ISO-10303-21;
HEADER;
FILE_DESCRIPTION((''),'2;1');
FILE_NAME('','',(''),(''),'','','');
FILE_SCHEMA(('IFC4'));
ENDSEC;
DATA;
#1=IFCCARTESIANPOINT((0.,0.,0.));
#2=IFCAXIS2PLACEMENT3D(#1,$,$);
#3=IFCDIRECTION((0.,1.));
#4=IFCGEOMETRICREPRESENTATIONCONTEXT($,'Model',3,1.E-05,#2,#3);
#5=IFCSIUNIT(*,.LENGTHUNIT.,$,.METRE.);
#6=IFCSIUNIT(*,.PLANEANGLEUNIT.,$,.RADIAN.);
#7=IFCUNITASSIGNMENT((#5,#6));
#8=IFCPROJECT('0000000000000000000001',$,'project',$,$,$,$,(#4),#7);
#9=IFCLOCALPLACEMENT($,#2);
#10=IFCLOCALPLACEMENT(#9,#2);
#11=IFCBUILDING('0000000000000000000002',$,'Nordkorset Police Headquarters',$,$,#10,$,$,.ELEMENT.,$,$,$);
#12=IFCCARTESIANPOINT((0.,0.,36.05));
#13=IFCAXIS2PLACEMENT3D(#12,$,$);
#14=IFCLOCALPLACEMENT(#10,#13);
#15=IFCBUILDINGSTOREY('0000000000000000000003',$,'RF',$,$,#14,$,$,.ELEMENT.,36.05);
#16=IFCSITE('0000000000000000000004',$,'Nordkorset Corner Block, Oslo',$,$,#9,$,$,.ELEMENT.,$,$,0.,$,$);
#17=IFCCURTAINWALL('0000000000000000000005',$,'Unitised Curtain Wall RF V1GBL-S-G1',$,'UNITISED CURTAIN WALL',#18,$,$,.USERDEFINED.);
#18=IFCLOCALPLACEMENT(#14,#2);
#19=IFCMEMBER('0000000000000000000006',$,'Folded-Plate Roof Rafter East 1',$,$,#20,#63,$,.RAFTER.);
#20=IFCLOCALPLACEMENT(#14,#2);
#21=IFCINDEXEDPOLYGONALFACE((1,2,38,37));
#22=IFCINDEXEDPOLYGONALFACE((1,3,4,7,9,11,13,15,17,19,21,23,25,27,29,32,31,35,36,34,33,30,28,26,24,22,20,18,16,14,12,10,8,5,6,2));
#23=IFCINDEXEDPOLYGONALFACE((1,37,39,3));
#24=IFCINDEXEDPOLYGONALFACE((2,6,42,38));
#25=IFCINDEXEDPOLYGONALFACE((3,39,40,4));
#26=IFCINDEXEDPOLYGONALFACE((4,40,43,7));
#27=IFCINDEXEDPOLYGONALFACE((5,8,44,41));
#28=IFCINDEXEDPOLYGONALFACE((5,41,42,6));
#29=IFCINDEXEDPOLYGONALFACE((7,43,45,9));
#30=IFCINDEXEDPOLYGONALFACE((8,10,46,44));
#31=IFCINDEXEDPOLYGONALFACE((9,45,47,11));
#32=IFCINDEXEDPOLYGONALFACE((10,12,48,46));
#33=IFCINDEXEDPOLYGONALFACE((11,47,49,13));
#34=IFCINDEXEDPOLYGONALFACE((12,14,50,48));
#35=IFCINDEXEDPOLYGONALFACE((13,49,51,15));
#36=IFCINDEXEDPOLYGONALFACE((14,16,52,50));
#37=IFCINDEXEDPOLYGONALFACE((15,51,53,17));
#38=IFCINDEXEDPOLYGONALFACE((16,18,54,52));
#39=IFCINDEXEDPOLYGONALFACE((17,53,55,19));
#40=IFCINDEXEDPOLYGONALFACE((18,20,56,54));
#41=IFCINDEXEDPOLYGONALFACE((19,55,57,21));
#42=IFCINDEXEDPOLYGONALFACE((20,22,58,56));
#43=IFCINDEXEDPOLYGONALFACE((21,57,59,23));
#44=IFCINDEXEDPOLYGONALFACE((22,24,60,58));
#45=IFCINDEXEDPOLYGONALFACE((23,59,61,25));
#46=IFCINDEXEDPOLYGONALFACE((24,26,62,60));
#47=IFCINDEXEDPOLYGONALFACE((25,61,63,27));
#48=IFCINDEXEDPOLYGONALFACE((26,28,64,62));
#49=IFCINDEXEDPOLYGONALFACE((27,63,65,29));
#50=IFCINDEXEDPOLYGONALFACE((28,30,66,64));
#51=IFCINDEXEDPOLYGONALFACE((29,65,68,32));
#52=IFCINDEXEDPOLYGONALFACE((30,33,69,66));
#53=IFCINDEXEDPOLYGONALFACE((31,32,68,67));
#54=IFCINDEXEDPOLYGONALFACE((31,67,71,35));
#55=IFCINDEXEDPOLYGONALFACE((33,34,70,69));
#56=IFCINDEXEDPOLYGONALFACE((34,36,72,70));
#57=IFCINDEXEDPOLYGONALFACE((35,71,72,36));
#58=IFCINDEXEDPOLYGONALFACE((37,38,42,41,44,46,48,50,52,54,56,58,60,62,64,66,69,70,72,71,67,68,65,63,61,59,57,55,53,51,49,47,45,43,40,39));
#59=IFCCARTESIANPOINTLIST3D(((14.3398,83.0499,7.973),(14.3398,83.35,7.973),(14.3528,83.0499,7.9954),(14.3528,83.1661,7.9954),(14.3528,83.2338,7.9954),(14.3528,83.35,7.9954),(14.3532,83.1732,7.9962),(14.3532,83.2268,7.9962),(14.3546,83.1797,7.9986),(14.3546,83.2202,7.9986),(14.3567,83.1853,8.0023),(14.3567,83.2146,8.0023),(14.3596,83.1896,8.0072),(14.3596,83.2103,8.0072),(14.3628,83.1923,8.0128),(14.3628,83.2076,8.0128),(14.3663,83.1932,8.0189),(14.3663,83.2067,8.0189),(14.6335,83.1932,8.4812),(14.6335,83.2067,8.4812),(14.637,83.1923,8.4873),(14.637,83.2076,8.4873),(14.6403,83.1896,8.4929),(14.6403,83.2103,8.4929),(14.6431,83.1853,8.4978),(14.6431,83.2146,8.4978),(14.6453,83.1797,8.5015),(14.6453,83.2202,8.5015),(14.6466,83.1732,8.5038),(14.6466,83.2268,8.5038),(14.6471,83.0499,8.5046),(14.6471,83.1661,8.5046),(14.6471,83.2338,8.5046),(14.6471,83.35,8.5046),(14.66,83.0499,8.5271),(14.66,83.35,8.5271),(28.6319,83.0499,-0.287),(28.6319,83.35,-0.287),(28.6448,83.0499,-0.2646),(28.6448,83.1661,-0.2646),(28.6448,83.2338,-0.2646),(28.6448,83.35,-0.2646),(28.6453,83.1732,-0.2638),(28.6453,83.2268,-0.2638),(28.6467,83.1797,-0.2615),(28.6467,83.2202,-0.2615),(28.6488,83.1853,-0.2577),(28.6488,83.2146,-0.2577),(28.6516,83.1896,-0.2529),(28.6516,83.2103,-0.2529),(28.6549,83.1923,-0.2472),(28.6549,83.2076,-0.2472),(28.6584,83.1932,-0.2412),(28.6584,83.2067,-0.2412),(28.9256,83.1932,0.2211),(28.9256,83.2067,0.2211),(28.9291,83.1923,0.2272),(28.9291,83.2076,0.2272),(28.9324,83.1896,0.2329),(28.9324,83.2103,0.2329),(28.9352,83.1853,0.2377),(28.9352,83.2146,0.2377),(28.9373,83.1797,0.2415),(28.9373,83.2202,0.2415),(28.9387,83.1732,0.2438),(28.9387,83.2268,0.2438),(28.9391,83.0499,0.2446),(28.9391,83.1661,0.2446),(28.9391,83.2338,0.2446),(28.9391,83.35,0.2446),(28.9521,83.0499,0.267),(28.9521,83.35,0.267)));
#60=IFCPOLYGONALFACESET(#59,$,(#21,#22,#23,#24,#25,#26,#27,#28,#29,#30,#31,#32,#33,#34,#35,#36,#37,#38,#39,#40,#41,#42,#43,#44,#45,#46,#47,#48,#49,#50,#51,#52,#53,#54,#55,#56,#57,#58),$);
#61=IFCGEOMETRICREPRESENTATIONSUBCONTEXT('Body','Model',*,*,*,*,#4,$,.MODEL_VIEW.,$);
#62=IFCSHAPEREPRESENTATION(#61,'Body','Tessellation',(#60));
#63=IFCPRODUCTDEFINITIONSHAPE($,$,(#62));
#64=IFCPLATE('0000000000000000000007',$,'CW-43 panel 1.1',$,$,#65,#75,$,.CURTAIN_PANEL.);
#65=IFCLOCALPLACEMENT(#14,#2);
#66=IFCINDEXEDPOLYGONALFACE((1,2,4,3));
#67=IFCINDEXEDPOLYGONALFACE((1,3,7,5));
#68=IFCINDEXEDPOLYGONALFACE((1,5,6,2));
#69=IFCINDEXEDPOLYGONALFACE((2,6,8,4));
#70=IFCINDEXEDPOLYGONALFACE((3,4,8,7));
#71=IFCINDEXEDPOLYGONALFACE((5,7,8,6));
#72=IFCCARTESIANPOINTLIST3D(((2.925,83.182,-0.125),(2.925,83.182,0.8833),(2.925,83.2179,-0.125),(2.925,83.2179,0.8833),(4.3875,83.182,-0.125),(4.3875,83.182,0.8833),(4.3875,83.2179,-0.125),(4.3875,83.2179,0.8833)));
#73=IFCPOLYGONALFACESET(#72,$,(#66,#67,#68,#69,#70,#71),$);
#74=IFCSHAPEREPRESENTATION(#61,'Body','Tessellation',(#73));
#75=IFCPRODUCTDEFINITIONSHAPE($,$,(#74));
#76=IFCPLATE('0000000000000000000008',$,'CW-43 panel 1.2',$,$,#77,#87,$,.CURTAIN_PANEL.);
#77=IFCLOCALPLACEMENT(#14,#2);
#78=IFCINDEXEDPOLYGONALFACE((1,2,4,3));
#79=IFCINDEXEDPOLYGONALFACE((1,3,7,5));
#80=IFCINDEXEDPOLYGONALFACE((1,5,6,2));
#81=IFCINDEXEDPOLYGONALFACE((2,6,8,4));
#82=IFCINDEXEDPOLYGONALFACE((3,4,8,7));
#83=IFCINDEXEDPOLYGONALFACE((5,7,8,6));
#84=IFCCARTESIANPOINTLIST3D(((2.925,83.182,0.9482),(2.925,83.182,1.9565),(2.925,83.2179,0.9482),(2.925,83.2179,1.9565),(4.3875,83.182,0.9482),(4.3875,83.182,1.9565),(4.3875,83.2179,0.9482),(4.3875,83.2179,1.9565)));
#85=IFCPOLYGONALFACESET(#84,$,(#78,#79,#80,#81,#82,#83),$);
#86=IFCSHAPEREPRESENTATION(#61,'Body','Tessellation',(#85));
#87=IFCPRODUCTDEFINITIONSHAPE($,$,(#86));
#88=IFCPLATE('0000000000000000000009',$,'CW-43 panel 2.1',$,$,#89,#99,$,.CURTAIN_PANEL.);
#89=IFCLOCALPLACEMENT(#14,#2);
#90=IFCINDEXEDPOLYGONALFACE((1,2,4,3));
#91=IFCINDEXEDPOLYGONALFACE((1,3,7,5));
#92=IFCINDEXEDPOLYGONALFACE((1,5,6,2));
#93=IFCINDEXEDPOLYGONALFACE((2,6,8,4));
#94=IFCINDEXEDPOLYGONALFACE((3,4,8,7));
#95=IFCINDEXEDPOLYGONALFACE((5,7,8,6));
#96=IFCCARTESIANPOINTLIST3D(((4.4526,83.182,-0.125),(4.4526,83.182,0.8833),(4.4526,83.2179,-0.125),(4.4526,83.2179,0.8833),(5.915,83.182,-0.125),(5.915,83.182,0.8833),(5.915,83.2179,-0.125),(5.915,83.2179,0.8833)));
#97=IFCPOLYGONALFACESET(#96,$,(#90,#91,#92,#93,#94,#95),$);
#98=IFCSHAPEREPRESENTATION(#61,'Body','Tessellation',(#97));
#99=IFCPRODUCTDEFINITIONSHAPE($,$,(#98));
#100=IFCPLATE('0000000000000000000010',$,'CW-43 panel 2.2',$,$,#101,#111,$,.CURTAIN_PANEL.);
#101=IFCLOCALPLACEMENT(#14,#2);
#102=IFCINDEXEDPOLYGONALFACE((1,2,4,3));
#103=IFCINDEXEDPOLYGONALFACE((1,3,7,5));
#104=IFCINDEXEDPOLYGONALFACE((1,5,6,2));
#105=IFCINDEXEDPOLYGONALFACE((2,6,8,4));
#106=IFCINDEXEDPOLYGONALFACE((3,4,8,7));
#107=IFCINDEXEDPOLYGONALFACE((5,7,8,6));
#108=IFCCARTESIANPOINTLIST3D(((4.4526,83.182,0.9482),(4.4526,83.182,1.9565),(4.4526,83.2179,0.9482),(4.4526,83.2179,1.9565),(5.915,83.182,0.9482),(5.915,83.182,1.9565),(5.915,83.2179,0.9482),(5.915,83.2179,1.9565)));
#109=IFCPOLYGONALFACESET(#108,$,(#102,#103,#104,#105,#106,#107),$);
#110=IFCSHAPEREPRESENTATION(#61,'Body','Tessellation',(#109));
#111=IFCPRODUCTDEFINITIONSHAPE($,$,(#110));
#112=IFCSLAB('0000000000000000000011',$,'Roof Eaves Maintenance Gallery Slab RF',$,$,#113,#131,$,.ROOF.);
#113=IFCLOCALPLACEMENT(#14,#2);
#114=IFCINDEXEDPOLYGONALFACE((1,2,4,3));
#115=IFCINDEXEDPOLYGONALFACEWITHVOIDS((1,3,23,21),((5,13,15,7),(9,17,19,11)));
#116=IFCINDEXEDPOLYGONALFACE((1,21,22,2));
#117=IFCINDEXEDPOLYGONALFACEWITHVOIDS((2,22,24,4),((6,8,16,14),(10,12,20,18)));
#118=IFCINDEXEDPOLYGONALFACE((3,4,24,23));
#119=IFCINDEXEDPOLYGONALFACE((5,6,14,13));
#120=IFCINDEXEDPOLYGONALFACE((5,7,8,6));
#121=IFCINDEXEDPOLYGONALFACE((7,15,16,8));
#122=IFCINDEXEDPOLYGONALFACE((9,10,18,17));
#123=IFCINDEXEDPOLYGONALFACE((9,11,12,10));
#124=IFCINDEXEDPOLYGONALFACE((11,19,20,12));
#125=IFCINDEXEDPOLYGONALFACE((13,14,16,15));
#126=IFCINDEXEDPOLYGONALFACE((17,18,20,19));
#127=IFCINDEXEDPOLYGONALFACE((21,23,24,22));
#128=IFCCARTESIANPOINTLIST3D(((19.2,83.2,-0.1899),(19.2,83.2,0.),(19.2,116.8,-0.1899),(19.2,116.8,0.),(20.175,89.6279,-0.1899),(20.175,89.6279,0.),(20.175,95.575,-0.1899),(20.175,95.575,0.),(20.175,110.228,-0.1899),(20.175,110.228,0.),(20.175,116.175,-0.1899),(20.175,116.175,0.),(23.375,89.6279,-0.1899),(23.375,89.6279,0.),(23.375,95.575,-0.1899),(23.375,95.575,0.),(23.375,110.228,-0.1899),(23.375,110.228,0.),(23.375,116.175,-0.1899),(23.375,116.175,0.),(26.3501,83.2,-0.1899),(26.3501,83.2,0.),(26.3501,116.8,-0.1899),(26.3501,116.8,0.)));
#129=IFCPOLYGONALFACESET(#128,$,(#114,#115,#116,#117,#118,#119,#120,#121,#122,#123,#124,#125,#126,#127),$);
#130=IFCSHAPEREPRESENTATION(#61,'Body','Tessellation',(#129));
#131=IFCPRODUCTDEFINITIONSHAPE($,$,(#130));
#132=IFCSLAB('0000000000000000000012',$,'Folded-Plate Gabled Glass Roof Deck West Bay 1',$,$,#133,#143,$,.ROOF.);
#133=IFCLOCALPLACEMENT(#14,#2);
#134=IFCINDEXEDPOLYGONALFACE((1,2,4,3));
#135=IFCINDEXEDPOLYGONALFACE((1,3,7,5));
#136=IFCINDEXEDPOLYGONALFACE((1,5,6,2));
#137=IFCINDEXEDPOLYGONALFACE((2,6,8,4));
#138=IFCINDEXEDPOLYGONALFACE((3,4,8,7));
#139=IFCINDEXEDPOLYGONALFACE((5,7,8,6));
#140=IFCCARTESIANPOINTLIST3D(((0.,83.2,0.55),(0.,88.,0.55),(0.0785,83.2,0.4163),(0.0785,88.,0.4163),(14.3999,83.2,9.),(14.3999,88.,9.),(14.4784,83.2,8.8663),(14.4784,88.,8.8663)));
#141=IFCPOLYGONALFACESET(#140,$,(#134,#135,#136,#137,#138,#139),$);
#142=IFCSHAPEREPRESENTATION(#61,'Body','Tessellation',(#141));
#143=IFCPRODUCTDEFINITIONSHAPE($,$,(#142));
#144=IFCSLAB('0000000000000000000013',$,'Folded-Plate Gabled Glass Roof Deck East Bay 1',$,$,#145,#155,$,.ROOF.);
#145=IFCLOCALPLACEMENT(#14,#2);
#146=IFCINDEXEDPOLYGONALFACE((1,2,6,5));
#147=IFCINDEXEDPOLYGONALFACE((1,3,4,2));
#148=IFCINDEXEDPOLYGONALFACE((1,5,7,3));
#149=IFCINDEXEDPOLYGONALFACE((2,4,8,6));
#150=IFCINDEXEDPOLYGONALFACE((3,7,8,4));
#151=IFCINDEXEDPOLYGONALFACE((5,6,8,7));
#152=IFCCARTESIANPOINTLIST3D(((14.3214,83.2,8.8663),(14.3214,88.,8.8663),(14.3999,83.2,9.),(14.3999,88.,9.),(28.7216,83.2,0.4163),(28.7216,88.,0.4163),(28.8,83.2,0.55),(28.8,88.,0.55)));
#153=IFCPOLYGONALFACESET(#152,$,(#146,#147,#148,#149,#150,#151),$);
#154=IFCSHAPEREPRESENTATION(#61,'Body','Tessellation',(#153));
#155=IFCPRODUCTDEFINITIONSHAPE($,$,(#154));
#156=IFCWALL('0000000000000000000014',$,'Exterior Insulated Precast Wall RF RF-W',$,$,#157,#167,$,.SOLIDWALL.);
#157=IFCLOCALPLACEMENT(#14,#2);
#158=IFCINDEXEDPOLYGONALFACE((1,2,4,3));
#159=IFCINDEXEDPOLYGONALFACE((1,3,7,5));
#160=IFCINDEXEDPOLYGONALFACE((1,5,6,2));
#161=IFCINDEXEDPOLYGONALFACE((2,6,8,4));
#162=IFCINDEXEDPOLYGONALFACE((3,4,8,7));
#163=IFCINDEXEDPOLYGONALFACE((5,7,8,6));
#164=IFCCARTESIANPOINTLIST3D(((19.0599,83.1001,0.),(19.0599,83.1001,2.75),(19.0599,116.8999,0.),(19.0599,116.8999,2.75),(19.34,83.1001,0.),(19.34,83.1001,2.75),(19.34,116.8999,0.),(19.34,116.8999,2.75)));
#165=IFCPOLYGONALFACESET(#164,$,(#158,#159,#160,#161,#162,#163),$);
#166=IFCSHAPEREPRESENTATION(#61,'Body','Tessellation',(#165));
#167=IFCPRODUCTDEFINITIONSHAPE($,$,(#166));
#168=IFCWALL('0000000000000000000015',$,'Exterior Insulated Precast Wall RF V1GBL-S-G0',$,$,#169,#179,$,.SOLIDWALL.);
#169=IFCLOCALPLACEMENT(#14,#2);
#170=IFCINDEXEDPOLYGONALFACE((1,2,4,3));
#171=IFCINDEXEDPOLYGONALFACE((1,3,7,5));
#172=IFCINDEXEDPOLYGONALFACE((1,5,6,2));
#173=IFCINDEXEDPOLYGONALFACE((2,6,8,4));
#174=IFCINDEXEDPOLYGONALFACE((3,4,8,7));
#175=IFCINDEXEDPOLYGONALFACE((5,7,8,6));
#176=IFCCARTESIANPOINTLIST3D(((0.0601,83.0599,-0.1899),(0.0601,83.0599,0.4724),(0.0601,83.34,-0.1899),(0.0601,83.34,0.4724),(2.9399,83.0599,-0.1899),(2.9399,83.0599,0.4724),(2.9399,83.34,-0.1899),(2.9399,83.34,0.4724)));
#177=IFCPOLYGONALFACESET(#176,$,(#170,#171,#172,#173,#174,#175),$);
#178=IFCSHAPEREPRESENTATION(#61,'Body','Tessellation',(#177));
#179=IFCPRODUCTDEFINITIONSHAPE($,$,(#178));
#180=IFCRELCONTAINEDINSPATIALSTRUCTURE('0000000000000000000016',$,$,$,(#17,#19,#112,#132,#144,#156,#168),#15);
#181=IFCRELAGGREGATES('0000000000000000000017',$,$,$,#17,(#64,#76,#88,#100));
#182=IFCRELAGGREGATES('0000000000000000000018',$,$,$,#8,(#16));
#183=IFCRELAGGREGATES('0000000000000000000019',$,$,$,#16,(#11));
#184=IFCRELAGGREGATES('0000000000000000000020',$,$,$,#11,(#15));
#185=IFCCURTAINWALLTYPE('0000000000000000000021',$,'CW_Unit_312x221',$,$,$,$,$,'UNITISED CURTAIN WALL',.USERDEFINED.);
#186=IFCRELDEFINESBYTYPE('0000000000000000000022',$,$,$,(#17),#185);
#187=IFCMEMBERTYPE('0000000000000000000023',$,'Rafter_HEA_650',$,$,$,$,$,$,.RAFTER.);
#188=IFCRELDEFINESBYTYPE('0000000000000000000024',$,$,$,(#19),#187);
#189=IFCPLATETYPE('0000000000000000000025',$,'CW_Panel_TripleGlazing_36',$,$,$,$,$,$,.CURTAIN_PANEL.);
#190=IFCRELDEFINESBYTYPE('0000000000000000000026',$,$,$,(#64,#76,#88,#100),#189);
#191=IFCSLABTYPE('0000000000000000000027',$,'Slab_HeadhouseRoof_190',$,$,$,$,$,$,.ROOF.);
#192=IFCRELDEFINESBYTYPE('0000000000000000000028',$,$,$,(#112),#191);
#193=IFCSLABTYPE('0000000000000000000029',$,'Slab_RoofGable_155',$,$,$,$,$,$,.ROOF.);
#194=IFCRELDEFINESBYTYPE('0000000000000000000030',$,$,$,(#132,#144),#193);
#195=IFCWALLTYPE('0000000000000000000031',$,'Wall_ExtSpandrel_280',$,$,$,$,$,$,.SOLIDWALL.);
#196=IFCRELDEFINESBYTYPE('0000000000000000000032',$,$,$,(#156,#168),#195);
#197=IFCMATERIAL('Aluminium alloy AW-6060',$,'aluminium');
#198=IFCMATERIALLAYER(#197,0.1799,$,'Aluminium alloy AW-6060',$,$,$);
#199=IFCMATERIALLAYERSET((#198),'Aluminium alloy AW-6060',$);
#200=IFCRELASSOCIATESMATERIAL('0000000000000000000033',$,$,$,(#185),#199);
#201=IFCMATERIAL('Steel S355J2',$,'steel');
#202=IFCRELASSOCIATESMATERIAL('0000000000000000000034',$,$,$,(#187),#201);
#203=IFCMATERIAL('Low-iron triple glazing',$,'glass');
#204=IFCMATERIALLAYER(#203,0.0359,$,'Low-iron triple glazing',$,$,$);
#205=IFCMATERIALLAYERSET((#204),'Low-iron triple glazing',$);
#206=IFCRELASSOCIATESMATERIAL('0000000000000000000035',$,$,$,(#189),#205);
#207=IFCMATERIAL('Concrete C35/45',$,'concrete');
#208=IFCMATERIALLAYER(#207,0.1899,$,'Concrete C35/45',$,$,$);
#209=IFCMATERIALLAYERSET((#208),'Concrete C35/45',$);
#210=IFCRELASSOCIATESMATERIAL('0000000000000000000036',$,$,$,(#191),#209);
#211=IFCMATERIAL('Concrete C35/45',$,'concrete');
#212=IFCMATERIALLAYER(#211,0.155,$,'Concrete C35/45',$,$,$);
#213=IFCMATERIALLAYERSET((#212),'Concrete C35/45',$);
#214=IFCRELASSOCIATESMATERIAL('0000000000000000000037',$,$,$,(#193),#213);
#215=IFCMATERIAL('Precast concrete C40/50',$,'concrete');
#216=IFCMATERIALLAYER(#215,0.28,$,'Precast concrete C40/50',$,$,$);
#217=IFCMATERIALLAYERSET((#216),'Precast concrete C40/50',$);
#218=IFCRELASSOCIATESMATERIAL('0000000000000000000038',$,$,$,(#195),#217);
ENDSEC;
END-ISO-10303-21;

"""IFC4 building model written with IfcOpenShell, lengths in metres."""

from ifc_helpers import new_model, si_unit, direction, frame, frame_2d, origin, origin_2d, place, context, subcontext, project, spatial, polyline, rectangle, i_section, outline, extrude, material, layer, layer_set, material_profile, profile_set, type_object, element, aggregate, save


model = new_model("IFC4")

# Units and contexts
model_context = context("Model", 3, precision=1e-05, world=origin(), true_north=direction((0.0, 1.0)))
body_context = subcontext(model_context, "Body", "Model", "MODEL_VIEW")
ifc_project = project(units=[si_unit("LENGTHUNIT", "METRE"), si_unit("PLANEANGLEUNIT", "RADIAN")], contexts=[model_context])

# Site, building, storey
site_placement = place(None, origin())
site = spatial("IfcSite", under=ifc_project, at=site_placement, Name="Nordkorset Corner Block, Oslo", CompositionType="ELEMENT", RefElevation=0.0)
building_placement = place(site_placement, origin())
building = spatial("IfcBuilding", under=site, at=building_placement, Name="Nordkorset Police Headquarters", CompositionType="ELEMENT")
storey_placement = place(building_placement, frame((0.0, 0.0, 36.05)))
storey = spatial("IfcBuildingStorey", under=building, at=storey_placement, Name="RF", CompositionType="ELEMENT", Elevation=36.05)

# Curtain wall
ifc_material_1 = material(Name="Aluminium alloy AW-6060", Category="aluminium")
ifc_layer_1 = layer(ifc_material_1, 0.1799, Name="Aluminium alloy AW-6060")
ifc_layer_set_1 = layer_set([ifc_layer_1], Name="Aluminium alloy AW-6060")
curtain_wall_type_1 = type_object("IfcCurtainWallType", Name="CW_Unit_312x221", ElementType="UNITISED CURTAIN WALL", PredefinedType="USERDEFINED", material=ifc_layer_set_1)
curtain_wall_1_placement = place(storey_placement, origin())
curtain_wall_1 = element("IfcCurtainWall", 1, at=curtain_wall_1_placement, inside=storey, type_object=curtain_wall_type_1, Name="Unitised Curtain Wall RF V1GBL-S-G1", ObjectType="UNITISED CURTAIN WALL", PredefinedType="USERDEFINED")

# Member
ifc_material_2 = material(Name="Steel S355J2", Category="steel")
ifc_material_profile_1 = material_profile(ifc_material_2, i_section(OverallWidth=0.3, OverallDepth=0.6399, WebThickness=0.0134, FlangeThickness=0.0259, FilletRadius=0.0271, at=origin_2d()), Name="HEA 650")
ifc_profile_set_1 = profile_set([ifc_material_profile_1], Name="Steel S355J2")
member_type_1 = type_object("IfcMemberType", Name="Rafter_HEA_650", PredefinedType="RAFTER", material=ifc_profile_set_1)
for number, where, z_axis, x_axis, name in (
    (2, (28.792, 83.2, -0.01), (-0.865802, 0.0, 0.500387), (0.0, -1.0, 0.0), "Folded-Plate Roof Rafter East 1"),
):
    element("IfcMember", number, at=place(storey_placement, frame(where, z_axis=z_axis, x_axis=x_axis)), inside=storey, type_object=member_type_1, Name=name, PredefinedType="RAFTER", context=body_context, shape_type="SweptSolid", body=[
        extrude(i_section(OverallWidth=0.3, OverallDepth=0.6399, WebThickness=0.0134, FlangeThickness=0.0259, FilletRadius=0.0271, at=origin_2d()), origin(), (0.0, 0.0, 1.0), 16.5073),
    ])

# Plates
ifc_material_3 = material(Name="Low-iron triple glazing", Category="glass")
ifc_layer_2 = layer(ifc_material_3, 0.0359, Name="Low-iron triple glazing")
ifc_layer_set_2 = layer_set([ifc_layer_2], Name="Low-iron triple glazing")
plate_type = type_object("IfcPlateType", Name="CW_Panel_TripleGlazing_36", PredefinedType="CURTAIN_PANEL", material=ifc_layer_set_2)
plate_1_placement = place(storey_placement, frame((3.6562, 83.2, -0.125), z_axis=(0.0, 0.0, 1.0), x_axis=(1.0, 0.0, 0.0)))
plate_1 = element("IfcPlate", 3, at=plate_1_placement, type_object=plate_type, Name="CW-43 panel 1.1", PredefinedType="CURTAIN_PANEL", context=body_context, shape_type="SweptSolid", body=[
    extrude(rectangle(XDim=1.4624, YDim=0.0359, at=origin_2d()), origin(), (0.0, 0.0, 1.0), 1.0083),
])
plate_2_placement = place(storey_placement, frame((3.6562, 83.2, 0.9482), z_axis=(0.0, 0.0, 1.0), x_axis=(1.0, 0.0, 0.0)))
plate_2 = element("IfcPlate", 4, at=plate_2_placement, type_object=plate_type, Name="CW-43 panel 1.2", PredefinedType="CURTAIN_PANEL", context=body_context, shape_type="SweptSolid", body=[
    extrude(rectangle(XDim=1.4624, YDim=0.0359, at=origin_2d()), origin(), (0.0, 0.0, 1.0), 1.0083),
])
plate_3_placement = place(storey_placement, frame((5.1838, 83.2, -0.125), z_axis=(0.0, 0.0, 1.0), x_axis=(1.0, 0.0, 0.0)))
plate_3 = element("IfcPlate", 5, at=plate_3_placement, type_object=plate_type, Name="CW-43 panel 2.1", PredefinedType="CURTAIN_PANEL", context=body_context, shape_type="SweptSolid", body=[
    extrude(rectangle(XDim=1.4624, YDim=0.0359, at=origin_2d()), origin(), (0.0, 0.0, 1.0), 1.0083),
])
plate_4_placement = place(storey_placement, frame((5.1838, 83.2, 0.9482), z_axis=(0.0, 0.0, 1.0), x_axis=(1.0, 0.0, 0.0)))
plate_4 = element("IfcPlate", 6, at=plate_4_placement, type_object=plate_type, Name="CW-43 panel 2.2", PredefinedType="CURTAIN_PANEL", context=body_context, shape_type="SweptSolid", body=[
    extrude(rectangle(XDim=1.4624, YDim=0.0359, at=origin_2d()), origin(), (0.0, 0.0, 1.0), 1.0083),
])
aggregate(curtain_wall_1, [plate_1, plate_2, plate_3, plate_4])

# Slabs
ifc_material_4 = material(Name="Concrete C35/45", Category="concrete")
ifc_layer_3 = layer(ifc_material_4, 0.1899, Name="Concrete C35/45")
ifc_layer_set_3 = layer_set([ifc_layer_3], Name="Concrete C35/45")
slab_type_1 = type_object("IfcSlabType", Name="Slab_HeadhouseRoof_190", PredefinedType="ROOF", material=ifc_layer_set_3)
slab_1_placement = place(storey_placement, frame((0.0, 0.0, -0.1899)))
element("IfcSlab", 7, at=slab_1_placement, inside=storey, type_object=slab_type_1, Name="Roof Eaves Maintenance Gallery Slab RF", PredefinedType="ROOF", context=body_context, shape_type="SweptSolid", body=[
    extrude(outline(polyline([(26.3501, 116.8), (26.3501, 83.2), (19.2, 83.2), (19.2, 116.8), (26.3501, 116.8)]), holes=[polyline([(20.175, 116.175), (20.175, 110.228), (23.375, 110.228), (23.375, 116.175), (20.175, 116.175)]), polyline([(23.375, 95.575), (20.175, 95.575), (20.175, 89.6279), (23.375, 89.6279), (23.375, 95.575)])]), origin(), (0.0, 0.0, 1.0), 0.1899),
])
ifc_material_5 = material(Name="Concrete C35/45", Category="concrete")
ifc_layer_4 = layer(ifc_material_5, 0.155, Name="Concrete C35/45")
ifc_layer_set_4 = layer_set([ifc_layer_4], Name="Concrete C35/45")
slab_type_2 = type_object("IfcSlabType", Name="Slab_RoofGable_155", PredefinedType="ROOF", material=ifc_layer_set_4)
slab_2_placement = place(storey_placement, frame((0.0, 83.2, 0.55), z_axis=(-0.506104, 0.0, 0.862472), x_axis=(0.862472, 0.0, 0.506104)))
element("IfcSlab", 8, at=slab_2_placement, inside=storey, type_object=slab_type_2, Name="Folded-Plate Gabled Glass Roof Deck West Bay 1", PredefinedType="ROOF", context=body_context, shape_type="SweptSolid", body=[
    extrude(outline(polyline([(0.0, 0.0), (16.6961, 0.0), (16.6961, 4.8), (0.0, 4.8), (0.0, 0.0)])), origin(), (0.0, 0.0, -1.0), 0.155),
])
slab_3_placement = place(storey_placement, frame((14.3999, 83.2, 9.0), z_axis=(0.506098, 0.0, 0.862476), x_axis=(0.862476, 0.0, -0.506098)))
element("IfcSlab", 9, at=slab_3_placement, inside=storey, type_object=slab_type_2, Name="Folded-Plate Gabled Glass Roof Deck East Bay 1", PredefinedType="ROOF", context=body_context, shape_type="SweptSolid", body=[
    extrude(outline(polyline([(0.0, 0.0), (16.6963, 0.0), (16.6963, 4.8), (0.0, 4.8), (0.0, 0.0)])), origin(), (0.0, 0.0, -1.0), 0.155),
])

# Walls
ifc_material_6 = material(Name="Precast concrete C40/50", Category="concrete")
ifc_layer_5 = layer(ifc_material_6, 0.28, Name="Precast concrete C40/50")
ifc_layer_set_5 = layer_set([ifc_layer_5], Name="Precast concrete C40/50")
wall_type = type_object("IfcWallType", Name="Wall_ExtSpandrel_280", PredefinedType="SOLIDWALL", material=ifc_layer_set_5)
wall_1_placement = place(storey_placement, frame((19.2, 83.1001, 0.0), z_axis=(0.0, 0.0, 1.0), x_axis=(0.0, 1.0, 0.0)))
element("IfcWall", 10, at=wall_1_placement, inside=storey, type_object=wall_type, Name="Exterior Insulated Precast Wall RF RF-W", PredefinedType="SOLIDWALL", context=body_context, shape_type="SweptSolid", body=[
    extrude(rectangle(XDim=33.7998, YDim=0.28, at=frame_2d((16.8999, 0.0))), origin(), (0.0, 0.0, 1.0), 2.75),
])
wall_2_placement = place(storey_placement, frame((0.0601, 83.2, -0.1899), z_axis=(0.0, 0.0, 1.0), x_axis=(1.0, 0.0, 0.0)))
element("IfcWall", 11, at=wall_2_placement, inside=storey, type_object=wall_type, Name="Exterior Insulated Precast Wall RF V1GBL-S-G0", PredefinedType="SOLIDWALL", context=body_context, shape_type="SweptSolid", body=[
    extrude(rectangle(XDim=2.8799, YDim=0.28, at=frame_2d((1.4399, 0.0))), origin(), (0.0, 0.0, 1.0), 0.6624),
])

save(model, "model.ifc")
